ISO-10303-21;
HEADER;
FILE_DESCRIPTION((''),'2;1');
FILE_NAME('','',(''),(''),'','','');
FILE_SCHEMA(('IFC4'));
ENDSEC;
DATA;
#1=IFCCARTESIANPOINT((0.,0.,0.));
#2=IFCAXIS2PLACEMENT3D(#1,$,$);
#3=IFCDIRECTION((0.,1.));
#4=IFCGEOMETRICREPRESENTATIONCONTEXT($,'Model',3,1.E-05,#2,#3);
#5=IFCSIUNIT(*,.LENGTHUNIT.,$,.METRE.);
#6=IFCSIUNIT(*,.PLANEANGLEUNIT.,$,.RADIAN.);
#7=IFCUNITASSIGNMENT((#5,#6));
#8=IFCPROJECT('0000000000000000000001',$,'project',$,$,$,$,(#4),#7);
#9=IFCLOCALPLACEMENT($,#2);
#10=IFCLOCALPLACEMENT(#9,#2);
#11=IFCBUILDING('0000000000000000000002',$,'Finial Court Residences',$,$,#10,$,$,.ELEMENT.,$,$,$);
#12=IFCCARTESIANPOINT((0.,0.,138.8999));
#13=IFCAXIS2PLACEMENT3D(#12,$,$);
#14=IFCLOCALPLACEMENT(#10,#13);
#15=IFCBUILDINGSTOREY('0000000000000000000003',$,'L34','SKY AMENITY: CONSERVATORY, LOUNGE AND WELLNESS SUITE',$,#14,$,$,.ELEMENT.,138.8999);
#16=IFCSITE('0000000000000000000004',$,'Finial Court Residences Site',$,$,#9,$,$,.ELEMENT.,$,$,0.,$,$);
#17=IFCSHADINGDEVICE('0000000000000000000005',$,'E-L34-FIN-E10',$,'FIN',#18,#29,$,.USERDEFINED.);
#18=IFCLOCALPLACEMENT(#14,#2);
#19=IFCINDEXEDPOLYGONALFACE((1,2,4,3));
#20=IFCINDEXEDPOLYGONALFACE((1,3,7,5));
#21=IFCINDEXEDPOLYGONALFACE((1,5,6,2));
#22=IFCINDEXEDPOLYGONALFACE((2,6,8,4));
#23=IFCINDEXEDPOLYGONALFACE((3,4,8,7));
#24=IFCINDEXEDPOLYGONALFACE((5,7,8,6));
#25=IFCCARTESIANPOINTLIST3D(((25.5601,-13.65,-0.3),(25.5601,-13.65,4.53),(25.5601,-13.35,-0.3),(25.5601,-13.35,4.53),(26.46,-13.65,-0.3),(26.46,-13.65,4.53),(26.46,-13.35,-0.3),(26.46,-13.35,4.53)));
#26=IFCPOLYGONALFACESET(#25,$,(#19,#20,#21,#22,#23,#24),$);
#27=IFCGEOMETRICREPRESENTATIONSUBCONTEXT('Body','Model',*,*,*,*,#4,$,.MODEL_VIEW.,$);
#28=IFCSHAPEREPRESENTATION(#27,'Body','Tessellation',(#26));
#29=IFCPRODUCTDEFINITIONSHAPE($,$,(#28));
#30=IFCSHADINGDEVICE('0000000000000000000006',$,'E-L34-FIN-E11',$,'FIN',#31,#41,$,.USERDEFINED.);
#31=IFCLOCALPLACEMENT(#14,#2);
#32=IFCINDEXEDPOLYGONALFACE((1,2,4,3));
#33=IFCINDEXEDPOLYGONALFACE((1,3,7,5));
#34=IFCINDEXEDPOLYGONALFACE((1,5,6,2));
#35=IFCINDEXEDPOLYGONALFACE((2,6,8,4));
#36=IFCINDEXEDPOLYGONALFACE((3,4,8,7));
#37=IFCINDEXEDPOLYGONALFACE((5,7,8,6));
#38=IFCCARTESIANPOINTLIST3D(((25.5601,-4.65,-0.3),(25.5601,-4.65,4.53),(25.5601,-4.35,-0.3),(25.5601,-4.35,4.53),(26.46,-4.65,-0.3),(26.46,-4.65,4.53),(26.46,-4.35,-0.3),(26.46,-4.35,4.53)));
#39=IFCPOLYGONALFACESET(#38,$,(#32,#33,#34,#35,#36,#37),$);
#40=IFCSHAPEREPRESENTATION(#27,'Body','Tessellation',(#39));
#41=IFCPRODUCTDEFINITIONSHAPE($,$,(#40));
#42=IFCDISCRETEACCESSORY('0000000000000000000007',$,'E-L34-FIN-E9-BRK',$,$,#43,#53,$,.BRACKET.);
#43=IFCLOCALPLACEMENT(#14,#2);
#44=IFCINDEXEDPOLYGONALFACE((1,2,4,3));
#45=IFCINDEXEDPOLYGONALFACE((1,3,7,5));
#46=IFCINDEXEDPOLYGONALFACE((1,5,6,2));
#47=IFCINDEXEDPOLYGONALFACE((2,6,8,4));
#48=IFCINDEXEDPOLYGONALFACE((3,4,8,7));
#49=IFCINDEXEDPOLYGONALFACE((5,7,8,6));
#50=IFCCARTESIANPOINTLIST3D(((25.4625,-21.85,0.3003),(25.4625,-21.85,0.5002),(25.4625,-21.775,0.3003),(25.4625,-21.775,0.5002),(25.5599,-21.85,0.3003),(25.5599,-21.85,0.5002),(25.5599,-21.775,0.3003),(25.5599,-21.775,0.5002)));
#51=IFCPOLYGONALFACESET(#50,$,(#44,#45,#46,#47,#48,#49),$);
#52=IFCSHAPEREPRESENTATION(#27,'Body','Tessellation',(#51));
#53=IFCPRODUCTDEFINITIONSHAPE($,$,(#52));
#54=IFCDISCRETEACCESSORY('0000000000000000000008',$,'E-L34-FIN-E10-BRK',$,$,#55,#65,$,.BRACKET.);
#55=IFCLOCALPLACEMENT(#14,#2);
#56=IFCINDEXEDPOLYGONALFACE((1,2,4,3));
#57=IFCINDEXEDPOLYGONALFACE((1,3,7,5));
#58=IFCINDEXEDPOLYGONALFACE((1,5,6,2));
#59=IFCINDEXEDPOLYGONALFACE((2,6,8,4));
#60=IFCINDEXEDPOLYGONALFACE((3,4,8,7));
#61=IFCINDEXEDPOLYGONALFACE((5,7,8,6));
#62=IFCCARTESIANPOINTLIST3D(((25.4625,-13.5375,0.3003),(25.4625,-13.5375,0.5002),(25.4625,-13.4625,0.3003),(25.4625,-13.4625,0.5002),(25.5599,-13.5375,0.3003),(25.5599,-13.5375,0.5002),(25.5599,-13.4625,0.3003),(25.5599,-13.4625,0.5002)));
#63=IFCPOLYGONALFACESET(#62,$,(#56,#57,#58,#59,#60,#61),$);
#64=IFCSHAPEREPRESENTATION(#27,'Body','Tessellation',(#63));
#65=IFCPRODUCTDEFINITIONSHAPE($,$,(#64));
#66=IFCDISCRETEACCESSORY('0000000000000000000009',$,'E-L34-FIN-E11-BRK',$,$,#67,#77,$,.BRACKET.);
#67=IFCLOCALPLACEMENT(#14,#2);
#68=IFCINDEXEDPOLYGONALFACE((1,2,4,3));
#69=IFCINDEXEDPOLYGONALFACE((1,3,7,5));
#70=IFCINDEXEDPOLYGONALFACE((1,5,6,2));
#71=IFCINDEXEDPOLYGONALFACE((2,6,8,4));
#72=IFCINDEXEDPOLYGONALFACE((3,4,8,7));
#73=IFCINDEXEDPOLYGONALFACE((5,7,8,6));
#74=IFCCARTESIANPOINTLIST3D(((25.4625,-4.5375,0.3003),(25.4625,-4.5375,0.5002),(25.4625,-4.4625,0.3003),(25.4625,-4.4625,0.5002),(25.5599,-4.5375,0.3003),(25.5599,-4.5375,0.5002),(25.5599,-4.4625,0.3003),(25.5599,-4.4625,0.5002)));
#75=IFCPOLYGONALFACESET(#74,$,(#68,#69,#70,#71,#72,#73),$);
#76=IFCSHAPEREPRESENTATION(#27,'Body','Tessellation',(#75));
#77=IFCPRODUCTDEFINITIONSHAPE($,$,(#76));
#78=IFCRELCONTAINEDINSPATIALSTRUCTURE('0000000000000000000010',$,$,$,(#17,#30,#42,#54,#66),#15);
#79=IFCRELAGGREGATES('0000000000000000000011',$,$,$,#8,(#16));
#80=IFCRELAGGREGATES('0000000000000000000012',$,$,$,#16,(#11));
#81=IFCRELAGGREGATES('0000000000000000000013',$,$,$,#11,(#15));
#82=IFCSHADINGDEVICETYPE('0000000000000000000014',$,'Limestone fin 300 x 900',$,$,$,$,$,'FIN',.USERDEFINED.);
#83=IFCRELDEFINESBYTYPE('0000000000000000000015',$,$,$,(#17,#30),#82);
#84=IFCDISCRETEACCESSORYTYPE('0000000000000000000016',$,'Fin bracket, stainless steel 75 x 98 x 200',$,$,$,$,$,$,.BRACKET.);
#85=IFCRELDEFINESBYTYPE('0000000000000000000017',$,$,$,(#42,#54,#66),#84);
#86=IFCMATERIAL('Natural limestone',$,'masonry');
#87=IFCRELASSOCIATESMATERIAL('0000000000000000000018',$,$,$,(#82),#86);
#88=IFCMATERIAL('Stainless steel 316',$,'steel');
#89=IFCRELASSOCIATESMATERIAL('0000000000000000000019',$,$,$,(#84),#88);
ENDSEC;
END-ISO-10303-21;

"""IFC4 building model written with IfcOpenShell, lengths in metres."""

from ifc_helpers import new_model, si_unit, direction, frame, origin, origin_2d, place, context, subcontext, project, spatial, rectangle, extrude, material, type_object, element, save


model = new_model("IFC4")

# Units and contexts
model_context = context("Model", 3, precision=1e-05, world=origin(), true_north=direction((0.0, 1.0)))
body_context = subcontext(model_context, "Body", "Model", "MODEL_VIEW")
ifc_project = project(units=[si_unit("LENGTHUNIT", "METRE"), si_unit("PLANEANGLEUNIT", "RADIAN")], contexts=[model_context])

# Site, building, storey
site_placement = place(None, origin())
site = spatial("IfcSite", under=ifc_project, at=site_placement, Name="Finial Court Residences Site", CompositionType="ELEMENT", RefElevation=0.0)
building_placement = place(site_placement, origin())
building = spatial("IfcBuilding", under=site, at=building_placement, Name="Finial Court Residences", CompositionType="ELEMENT")
storey_placement = place(building_placement, frame((0.0, 0.0, 138.8999)))
storey = spatial("IfcBuildingStorey", under=building, at=storey_placement, Name="L34", Description="SKY AMENITY: CONSERVATORY, LOUNGE AND WELLNESS SUITE", CompositionType="ELEMENT", Elevation=138.8999)

# Shading devices
ifc_material_1 = material(Name="Natural limestone", Category="masonry")
shading_device_type = type_object("IfcShadingDeviceType", Name="Limestone fin 300 x 900", ElementType="FIN", PredefinedType="USERDEFINED", material=ifc_material_1)
for number, where, z_axis, x_axis, name in (
    (1, (26.01, -13.5, -0.3), (0.0, 0.0, 1.0), (1.0, 0.0, 0.0), "E-L34-FIN-E10"),
    (2, (26.01, -4.5, -0.3), (0.0, 0.0, 1.0), (1.0, 0.0, 0.0), "E-L34-FIN-E11"),
):
    element("IfcShadingDevice", number, at=place(storey_placement, frame(where, z_axis=z_axis, x_axis=x_axis)), inside=storey, type_object=shading_device_type, Name=name, ObjectType="FIN", PredefinedType="USERDEFINED", context=body_context, shape_type="SweptSolid", body=[
        extrude(rectangle(XDim=0.8999, YDim=0.3, at=origin_2d()), origin(), (0.0, 0.0, 1.0), 4.8301),
    ])

# Discrete accessories
ifc_material_2 = material(Name="Stainless steel 316", Category="steel")
discrete_accessory_type = type_object("IfcDiscreteAccessoryType", Name="Fin bracket, stainless steel 75 x 98 x 200", PredefinedType="BRACKET", material=ifc_material_2)
for number, where, z_axis, x_axis, name in (
    (3, (25.5112, -21.8125, 0.3003), (0.0, 0.0, 1.0), (1.0, 0.0, 0.0), "E-L34-FIN-E9-BRK"),
    (4, (25.5112, -13.5, 0.3003), (0.0, 0.0, 1.0), (1.0, 0.0, 0.0), "E-L34-FIN-E10-BRK"),
    (5, (25.5112, -4.5, 0.3003), (0.0, 0.0, 1.0), (1.0, 0.0, 0.0), "E-L34-FIN-E11-BRK"),
):
    element("IfcDiscreteAccessory", number, at=place(storey_placement, frame(where, z_axis=z_axis, x_axis=x_axis)), inside=storey, type_object=discrete_accessory_type, Name=name, PredefinedType="BRACKET", context=body_context, shape_type="SweptSolid", body=[
        extrude(rectangle(XDim=0.0974, YDim=0.075, at=origin_2d()), origin(), (0.0, 0.0, 1.0), 0.2),
    ])

save(model, "model.ifc")
